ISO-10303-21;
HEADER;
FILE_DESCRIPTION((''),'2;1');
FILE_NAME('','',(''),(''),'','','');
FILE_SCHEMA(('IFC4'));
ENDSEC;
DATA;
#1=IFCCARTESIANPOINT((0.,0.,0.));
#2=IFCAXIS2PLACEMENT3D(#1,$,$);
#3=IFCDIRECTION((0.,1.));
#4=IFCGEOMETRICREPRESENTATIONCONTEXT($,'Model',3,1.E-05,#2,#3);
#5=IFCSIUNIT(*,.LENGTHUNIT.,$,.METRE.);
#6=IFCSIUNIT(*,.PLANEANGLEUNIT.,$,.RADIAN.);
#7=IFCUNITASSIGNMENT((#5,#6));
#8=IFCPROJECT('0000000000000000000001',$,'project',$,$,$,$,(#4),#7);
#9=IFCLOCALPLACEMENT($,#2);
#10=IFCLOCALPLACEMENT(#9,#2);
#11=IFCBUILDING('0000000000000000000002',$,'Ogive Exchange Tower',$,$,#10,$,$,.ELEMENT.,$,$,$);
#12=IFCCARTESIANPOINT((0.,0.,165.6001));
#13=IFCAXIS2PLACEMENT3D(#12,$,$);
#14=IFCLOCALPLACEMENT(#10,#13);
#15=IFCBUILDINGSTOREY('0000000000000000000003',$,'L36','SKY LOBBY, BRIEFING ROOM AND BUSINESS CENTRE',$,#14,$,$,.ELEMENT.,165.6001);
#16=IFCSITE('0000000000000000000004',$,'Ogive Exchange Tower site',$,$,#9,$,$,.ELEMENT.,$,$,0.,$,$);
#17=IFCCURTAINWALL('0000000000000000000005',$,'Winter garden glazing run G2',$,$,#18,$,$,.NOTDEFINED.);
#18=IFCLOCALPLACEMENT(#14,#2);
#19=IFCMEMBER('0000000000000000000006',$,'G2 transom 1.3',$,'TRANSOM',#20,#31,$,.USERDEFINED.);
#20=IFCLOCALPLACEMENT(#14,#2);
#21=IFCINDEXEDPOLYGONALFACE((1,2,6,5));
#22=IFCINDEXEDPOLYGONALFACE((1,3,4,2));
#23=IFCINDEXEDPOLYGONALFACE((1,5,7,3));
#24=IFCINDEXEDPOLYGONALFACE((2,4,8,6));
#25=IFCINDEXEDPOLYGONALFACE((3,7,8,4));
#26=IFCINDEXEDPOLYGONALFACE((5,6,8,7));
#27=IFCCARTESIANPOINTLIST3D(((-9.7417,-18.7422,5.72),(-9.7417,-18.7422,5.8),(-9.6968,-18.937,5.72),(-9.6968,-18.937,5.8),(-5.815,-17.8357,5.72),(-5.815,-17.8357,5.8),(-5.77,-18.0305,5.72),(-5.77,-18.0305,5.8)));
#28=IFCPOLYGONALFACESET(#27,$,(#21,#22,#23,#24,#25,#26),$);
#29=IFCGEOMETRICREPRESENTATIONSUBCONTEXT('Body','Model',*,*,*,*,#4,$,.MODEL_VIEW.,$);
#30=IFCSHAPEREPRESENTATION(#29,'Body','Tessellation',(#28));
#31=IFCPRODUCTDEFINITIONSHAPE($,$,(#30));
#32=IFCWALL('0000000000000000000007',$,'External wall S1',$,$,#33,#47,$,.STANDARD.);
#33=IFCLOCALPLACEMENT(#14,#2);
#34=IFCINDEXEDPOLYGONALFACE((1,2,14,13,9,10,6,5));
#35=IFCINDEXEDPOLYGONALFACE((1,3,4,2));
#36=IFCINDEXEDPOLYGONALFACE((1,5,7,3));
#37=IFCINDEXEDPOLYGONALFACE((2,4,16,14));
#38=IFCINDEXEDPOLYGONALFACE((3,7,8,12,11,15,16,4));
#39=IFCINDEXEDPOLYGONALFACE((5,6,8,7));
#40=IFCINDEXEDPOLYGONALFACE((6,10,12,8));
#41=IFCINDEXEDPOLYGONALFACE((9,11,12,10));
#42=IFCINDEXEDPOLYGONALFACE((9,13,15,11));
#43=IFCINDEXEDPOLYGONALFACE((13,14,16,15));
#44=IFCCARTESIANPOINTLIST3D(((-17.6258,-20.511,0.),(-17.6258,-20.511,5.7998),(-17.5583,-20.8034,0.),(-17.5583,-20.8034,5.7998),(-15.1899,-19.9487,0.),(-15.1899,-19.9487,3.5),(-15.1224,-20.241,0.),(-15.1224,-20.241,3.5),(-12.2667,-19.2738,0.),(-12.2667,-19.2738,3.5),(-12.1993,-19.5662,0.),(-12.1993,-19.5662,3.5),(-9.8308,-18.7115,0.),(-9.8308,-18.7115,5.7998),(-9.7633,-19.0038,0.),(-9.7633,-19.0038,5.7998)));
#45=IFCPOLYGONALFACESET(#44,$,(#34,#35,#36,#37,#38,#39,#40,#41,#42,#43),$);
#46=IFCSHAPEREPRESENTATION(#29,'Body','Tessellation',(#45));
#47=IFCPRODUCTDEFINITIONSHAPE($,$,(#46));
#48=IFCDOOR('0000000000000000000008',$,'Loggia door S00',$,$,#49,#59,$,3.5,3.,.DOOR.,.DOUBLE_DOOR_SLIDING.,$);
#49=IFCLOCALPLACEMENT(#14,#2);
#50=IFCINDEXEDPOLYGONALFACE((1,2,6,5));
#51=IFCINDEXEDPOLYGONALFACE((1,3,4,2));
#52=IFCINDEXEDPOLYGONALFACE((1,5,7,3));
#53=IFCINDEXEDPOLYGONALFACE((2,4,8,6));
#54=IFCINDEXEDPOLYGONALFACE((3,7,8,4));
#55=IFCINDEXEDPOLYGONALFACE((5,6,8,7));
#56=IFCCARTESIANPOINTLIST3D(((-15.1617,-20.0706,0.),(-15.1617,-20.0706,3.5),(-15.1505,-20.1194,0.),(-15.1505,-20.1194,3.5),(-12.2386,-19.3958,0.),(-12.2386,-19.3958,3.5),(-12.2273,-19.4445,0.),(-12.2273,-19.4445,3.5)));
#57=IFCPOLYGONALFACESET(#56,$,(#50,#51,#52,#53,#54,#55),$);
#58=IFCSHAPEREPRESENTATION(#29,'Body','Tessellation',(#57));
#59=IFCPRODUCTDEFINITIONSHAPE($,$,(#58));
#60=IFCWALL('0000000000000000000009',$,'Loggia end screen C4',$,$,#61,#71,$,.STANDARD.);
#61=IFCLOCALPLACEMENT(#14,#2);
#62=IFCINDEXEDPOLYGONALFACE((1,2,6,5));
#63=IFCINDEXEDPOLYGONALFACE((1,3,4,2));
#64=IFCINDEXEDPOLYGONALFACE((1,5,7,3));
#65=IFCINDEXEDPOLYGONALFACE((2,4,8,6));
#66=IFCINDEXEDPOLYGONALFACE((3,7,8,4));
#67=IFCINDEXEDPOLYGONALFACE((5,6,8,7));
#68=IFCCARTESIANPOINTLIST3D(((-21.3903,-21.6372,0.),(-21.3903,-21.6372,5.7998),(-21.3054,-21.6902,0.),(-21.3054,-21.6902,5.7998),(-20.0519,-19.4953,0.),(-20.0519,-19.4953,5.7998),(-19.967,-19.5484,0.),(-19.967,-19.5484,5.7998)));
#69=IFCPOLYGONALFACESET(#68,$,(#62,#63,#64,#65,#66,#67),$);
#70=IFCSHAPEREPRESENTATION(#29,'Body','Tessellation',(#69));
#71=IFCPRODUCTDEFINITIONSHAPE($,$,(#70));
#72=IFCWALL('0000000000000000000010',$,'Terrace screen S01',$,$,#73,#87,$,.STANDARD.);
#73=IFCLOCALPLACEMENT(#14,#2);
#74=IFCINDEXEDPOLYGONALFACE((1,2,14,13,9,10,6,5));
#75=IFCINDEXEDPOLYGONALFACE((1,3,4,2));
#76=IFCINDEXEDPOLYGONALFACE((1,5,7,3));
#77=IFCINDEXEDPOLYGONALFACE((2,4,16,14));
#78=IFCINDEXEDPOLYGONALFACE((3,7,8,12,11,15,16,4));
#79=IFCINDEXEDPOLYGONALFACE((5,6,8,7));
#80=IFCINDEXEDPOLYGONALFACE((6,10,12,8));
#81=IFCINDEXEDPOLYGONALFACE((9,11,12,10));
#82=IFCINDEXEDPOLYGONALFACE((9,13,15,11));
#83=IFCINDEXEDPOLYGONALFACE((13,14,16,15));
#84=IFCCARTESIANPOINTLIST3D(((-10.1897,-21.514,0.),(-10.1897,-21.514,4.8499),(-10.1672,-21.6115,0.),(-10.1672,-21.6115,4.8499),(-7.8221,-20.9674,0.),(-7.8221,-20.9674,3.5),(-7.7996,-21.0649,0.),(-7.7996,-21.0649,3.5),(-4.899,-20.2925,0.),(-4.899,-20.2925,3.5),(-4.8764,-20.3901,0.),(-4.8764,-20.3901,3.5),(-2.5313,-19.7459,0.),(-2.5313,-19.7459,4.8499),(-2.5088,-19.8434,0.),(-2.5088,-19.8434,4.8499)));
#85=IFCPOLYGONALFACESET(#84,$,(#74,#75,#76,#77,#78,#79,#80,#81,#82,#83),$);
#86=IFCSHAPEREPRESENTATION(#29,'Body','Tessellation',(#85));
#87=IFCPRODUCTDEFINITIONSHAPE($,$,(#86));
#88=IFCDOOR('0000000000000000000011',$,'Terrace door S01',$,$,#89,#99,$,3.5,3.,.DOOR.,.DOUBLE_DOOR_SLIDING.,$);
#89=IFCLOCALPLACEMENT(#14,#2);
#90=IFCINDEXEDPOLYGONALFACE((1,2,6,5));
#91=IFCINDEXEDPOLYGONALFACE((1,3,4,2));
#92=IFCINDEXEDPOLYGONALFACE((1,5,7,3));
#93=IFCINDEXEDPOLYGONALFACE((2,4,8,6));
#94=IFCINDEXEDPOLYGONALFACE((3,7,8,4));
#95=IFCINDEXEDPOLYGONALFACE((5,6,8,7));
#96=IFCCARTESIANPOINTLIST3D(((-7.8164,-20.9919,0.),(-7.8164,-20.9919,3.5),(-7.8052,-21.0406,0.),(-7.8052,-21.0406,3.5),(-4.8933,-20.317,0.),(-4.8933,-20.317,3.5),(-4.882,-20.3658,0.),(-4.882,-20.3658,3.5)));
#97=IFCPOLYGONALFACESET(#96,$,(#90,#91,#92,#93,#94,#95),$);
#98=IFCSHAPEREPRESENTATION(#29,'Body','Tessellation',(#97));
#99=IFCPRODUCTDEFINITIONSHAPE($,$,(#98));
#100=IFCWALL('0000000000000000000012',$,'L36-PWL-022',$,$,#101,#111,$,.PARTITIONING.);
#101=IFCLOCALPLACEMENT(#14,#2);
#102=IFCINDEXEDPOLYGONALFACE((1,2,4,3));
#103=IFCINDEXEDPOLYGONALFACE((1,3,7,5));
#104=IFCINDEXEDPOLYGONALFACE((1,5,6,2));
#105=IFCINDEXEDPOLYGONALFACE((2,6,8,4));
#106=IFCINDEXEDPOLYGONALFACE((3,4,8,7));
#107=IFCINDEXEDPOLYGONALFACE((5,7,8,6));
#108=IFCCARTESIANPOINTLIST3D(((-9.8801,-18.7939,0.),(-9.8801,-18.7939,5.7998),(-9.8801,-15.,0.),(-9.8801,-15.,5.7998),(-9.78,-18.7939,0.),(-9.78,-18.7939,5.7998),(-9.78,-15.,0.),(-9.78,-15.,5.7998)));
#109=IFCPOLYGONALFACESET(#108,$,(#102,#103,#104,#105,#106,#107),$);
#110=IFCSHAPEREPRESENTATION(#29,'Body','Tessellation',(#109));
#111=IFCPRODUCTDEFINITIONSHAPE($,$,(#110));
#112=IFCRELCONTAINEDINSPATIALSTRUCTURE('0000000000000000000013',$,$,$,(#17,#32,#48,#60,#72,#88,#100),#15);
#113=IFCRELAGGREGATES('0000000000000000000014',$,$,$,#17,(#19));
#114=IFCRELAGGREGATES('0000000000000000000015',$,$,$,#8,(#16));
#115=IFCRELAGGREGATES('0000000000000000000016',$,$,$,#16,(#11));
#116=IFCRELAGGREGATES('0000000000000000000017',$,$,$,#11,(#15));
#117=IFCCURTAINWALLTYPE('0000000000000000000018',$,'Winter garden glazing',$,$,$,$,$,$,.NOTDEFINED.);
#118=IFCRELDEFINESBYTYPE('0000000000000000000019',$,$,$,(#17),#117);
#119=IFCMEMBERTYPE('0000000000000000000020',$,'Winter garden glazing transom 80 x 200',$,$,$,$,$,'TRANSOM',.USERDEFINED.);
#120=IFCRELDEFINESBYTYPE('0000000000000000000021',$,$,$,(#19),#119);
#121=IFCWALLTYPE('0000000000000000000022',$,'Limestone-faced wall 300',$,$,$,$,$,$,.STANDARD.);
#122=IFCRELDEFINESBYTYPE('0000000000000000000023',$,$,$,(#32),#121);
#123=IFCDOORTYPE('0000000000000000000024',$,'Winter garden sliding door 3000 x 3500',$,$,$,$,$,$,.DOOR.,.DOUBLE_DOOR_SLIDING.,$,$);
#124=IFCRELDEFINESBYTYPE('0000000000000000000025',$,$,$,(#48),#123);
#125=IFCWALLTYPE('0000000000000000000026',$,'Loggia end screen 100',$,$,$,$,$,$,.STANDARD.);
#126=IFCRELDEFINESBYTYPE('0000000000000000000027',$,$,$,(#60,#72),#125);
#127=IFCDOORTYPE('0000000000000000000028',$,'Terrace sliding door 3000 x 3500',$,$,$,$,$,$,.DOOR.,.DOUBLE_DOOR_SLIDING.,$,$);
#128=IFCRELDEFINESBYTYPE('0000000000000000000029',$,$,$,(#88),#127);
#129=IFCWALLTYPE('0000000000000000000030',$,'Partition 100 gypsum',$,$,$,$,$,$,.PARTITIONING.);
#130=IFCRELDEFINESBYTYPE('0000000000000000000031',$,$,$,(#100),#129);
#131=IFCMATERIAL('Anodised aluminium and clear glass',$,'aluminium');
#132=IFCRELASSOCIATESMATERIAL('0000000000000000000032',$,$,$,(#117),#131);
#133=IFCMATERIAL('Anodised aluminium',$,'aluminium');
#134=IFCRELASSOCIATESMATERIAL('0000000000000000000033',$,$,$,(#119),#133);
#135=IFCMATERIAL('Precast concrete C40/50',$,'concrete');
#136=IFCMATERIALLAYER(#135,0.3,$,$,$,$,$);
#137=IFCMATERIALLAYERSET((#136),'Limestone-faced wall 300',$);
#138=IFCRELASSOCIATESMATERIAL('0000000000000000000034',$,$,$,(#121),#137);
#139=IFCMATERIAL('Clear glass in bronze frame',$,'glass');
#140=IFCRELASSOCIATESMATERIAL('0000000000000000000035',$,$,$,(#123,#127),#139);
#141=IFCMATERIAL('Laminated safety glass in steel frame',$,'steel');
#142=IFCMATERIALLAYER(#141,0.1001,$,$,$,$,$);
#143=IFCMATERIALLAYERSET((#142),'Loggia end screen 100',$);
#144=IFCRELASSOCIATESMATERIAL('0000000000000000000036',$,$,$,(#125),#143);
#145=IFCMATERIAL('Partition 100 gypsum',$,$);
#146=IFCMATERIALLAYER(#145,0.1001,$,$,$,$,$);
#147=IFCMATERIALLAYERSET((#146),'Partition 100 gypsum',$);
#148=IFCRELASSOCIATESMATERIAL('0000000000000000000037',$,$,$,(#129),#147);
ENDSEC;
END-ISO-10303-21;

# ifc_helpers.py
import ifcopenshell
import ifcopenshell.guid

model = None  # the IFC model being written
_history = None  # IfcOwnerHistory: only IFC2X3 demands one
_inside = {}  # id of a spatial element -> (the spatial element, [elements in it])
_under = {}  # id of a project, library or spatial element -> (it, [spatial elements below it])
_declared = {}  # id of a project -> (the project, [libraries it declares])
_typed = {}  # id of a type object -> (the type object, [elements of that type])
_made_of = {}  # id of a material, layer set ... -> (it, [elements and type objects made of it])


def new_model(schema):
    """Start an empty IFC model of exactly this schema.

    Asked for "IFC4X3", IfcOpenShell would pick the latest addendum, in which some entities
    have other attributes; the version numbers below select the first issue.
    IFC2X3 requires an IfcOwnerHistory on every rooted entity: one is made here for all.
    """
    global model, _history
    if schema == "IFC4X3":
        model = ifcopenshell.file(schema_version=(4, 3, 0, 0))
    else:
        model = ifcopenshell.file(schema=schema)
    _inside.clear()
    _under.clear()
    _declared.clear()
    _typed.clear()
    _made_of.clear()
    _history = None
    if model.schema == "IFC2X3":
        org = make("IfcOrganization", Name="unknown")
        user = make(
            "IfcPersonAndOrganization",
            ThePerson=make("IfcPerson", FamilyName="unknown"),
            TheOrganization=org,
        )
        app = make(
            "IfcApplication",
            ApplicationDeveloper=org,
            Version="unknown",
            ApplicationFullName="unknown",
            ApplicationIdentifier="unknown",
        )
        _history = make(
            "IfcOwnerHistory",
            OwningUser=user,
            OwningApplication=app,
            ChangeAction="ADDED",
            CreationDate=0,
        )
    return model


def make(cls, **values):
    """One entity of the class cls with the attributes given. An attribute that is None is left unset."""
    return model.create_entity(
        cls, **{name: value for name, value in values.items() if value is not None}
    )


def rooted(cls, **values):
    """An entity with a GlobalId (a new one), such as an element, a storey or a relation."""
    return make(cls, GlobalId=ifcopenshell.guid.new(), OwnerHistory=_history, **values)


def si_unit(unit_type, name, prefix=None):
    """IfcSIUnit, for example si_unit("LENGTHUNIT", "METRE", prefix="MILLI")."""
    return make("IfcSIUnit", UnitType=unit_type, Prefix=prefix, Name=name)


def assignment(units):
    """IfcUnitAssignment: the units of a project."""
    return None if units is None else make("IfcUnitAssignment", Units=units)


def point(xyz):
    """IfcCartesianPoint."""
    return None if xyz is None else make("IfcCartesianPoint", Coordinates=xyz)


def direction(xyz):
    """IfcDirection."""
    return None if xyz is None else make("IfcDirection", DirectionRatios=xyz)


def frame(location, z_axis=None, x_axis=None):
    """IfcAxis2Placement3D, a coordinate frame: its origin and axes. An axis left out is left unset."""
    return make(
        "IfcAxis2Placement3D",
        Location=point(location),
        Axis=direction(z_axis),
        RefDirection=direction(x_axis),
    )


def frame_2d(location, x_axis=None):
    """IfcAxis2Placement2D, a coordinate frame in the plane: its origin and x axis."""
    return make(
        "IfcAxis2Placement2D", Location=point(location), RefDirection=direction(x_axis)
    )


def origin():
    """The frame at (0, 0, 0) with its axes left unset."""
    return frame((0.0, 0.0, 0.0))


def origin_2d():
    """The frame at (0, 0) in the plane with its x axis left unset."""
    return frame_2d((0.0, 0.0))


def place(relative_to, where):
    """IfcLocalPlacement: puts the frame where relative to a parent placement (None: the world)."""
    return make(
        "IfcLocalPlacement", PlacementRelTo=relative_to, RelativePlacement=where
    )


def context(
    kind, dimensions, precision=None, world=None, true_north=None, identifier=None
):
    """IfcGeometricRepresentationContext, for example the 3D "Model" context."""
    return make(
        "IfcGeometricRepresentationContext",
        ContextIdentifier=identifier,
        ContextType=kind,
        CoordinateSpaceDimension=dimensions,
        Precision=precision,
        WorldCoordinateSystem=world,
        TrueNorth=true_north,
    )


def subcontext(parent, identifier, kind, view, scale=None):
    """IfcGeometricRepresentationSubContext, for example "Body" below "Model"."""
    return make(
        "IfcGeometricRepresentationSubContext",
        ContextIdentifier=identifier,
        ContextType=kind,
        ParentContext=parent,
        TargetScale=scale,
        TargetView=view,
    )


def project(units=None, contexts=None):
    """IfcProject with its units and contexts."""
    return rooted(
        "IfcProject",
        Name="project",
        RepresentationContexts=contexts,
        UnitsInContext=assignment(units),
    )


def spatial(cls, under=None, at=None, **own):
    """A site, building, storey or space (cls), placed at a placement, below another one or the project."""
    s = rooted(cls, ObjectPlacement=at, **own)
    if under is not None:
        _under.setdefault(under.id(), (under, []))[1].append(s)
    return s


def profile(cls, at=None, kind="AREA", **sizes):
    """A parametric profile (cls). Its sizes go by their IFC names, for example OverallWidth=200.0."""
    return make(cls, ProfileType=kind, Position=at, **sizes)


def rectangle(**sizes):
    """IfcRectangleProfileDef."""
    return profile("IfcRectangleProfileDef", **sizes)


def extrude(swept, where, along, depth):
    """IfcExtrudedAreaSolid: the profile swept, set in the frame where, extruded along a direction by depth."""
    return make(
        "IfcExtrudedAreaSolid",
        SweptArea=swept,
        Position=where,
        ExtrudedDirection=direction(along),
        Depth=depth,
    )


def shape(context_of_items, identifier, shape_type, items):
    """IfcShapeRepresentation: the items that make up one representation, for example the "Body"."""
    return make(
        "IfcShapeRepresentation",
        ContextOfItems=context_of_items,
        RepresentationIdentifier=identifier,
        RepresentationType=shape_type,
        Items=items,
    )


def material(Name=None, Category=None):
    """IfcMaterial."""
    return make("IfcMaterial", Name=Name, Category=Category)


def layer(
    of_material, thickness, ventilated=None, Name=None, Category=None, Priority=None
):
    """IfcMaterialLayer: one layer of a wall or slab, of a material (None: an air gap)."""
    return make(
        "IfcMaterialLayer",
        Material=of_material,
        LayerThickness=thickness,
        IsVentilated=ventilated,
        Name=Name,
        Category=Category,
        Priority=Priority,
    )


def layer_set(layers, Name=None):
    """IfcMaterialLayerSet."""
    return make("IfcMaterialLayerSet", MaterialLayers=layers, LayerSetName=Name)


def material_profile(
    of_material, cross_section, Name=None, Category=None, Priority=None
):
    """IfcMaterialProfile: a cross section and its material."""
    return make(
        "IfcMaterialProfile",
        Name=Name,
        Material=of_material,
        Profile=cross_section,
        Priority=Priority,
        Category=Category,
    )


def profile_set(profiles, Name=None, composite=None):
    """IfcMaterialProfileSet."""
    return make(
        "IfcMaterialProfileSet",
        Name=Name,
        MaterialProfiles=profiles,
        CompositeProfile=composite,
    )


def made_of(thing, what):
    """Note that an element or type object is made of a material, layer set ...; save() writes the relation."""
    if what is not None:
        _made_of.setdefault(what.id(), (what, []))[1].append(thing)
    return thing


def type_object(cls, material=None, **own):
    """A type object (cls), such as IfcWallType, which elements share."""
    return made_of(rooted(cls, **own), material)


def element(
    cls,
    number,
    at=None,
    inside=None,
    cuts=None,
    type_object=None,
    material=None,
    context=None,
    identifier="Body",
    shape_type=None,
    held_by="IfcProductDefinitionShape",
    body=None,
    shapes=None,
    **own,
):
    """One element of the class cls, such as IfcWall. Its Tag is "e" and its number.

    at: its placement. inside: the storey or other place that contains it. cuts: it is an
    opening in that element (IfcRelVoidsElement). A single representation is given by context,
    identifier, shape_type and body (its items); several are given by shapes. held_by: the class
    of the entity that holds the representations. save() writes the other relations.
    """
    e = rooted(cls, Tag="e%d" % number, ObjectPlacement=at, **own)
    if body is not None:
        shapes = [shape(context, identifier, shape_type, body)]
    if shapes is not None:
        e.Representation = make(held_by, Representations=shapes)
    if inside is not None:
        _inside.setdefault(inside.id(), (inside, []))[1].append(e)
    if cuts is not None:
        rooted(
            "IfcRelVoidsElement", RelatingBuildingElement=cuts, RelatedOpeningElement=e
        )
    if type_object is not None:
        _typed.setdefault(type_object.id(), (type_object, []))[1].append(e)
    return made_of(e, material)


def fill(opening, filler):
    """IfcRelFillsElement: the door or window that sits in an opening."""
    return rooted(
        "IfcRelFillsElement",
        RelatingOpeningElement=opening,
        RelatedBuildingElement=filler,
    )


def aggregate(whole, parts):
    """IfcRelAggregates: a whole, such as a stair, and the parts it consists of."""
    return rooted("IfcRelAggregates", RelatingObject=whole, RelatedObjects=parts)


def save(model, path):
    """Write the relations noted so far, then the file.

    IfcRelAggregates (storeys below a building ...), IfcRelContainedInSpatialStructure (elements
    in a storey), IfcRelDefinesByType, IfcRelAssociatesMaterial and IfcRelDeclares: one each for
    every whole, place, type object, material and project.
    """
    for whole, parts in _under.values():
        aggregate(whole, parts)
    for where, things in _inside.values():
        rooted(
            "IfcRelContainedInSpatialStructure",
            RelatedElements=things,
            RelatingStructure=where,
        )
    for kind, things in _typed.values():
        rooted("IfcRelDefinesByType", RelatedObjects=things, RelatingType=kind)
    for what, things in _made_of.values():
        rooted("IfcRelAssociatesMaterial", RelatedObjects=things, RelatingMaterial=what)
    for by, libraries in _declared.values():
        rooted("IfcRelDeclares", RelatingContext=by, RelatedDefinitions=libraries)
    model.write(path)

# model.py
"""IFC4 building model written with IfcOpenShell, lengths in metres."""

from ifc_helpers import new_model, si_unit, direction, frame, frame_2d, origin, origin_2d, place, context, subcontext, project, spatial, rectangle, extrude, material, layer, layer_set, material_profile, profile_set, type_object, element, fill, aggregate, save


model = new_model("IFC4")

# Units and contexts
model_context = context("Model", 3, precision=1e-05, world=origin(), true_north=direction((0.0, 1.0)))
body_context = subcontext(model_context, "Body", "Model", "MODEL_VIEW")
ifc_project = project(units=[si_unit("LENGTHUNIT", "METRE"), si_unit("PLANEANGLEUNIT", "RADIAN")], contexts=[model_context])

# Site, building, storey
site_placement = place(None, origin())
site = spatial("IfcSite", under=ifc_project, at=site_placement, Name="Ogive Exchange Tower site", CompositionType="ELEMENT", RefElevation=0.0)
building_placement = place(site_placement, origin())
building = spatial("IfcBuilding", under=site, at=building_placement, Name="Ogive Exchange Tower", CompositionType="ELEMENT")
storey_placement = place(building_placement, frame((0.0, 0.0, 165.6001)))
storey = spatial("IfcBuildingStorey", under=building, at=storey_placement, Name="L36", Description="SKY LOBBY, BRIEFING ROOM AND BUSINESS CENTRE", CompositionType="ELEMENT", Elevation=165.6001)

# Curtain wall, member
ifc_material_1 = material(Name="Anodised aluminium and clear glass", Category="aluminium")
curtain_wall_type = type_object("IfcCurtainWallType", Name="Winter garden glazing", PredefinedType="NOTDEFINED", material=ifc_material_1)
curtain_wall_placement = place(storey_placement, origin())
curtain_wall = element("IfcCurtainWall", 1, at=curtain_wall_placement, inside=storey, type_object=curtain_wall_type, Name="Winter garden glazing run G2", PredefinedType="NOTDEFINED")
ifc_material_2 = material(Name="Anodised aluminium", Category="aluminium")
ifc_material_profile_1 = material_profile(ifc_material_2, rectangle(XDim=0.2, YDim=0.0801, at=origin_2d()), Name="AL 80x200")
ifc_profile_set_1 = profile_set([ifc_material_profile_1], Name="Anodised aluminium")
member_type_1 = type_object("IfcMemberType", Name="Winter garden glazing transom 80 x 200", ElementType="TRANSOM", PredefinedType="USERDEFINED", material=ifc_profile_set_1)
member_1_placement = place(storey_placement, frame((-9.7192, -18.8396, 5.76), z_axis=(0.974374, 0.224935, 0.0), x_axis=(-0.224935, 0.974374, 0.0)))
member_1 = element("IfcMember", 2, at=member_1_placement, type_object=member_type_1, Name="G2 transom 1.3", ObjectType="TRANSOM", PredefinedType="USERDEFINED", context=body_context, shape_type="SweptSolid", body=[
    extrude(rectangle(XDim=0.2, YDim=0.0801, at=origin_2d()), origin(), (0.0, 0.0, 1.0), 4.03),
])
aggregate(curtain_wall, [member_1])

# Wall, opening, door
ifc_material_3 = material(Name="Precast concrete C40/50", Category="concrete")
ifc_layer_1 = layer(ifc_material_3, 0.3)
ifc_layer_set_1 = layer_set([ifc_layer_1], Name="Limestone-faced wall 300")
wall_type_1 = type_object("IfcWallType", Name="Limestone-faced wall 300", PredefinedType="STANDARD", material=ifc_layer_set_1)
wall_1_placement = place(storey_placement, frame((-17.592, -20.6572, 0.0), z_axis=(0.0, 0.0, 1.0), x_axis=(0.974371, 0.224946, 0.0)))
wall_1 = element("IfcWall", 3, at=wall_1_placement, inside=storey, type_object=wall_type_1, Name="External wall S1", PredefinedType="STANDARD", context=body_context, shape_type="SweptSolid", body=[
    extrude(rectangle(XDim=8.0, YDim=0.3, at=frame_2d((4.0, 0.0))), origin(), (0.0, 0.0, 1.0), 5.7998),
])
opening_1_placement = place(wall_1_placement, frame((2.5, 0.0, 0.0)))
opening_1 = element("IfcOpeningElement", 4, at=opening_1_placement, cuts=wall_1, PredefinedType="OPENING", context=body_context, shape_type="SweptSolid", body=[
    extrude(rectangle(XDim=3.0, YDim=3.5, at=frame_2d((1.5, 1.75))), frame((0.0, 0.1599, 0.0), z_axis=(0.0, -1.0, 0.0), x_axis=(1.0, 0.0, 0.0)), (0.0, 0.0, 1.0), 0.3201),
])
ifc_material_4 = material(Name="Clear glass in bronze frame", Category="glass")
door_type_1 = type_object("IfcDoorType", Name="Winter garden sliding door 3000 x 3500", OperationType="DOUBLE_DOOR_SLIDING", PredefinedType="DOOR", material=ifc_material_4)
door_1_placement = place(opening_1_placement, origin())
door_1 = element("IfcDoor", 5, at=door_1_placement, inside=storey, type_object=door_type_1, Name="Loggia door S00", OperationType="DOUBLE_DOOR_SLIDING", OverallHeight=3.5, OverallWidth=3.0, PredefinedType="DOOR", context=body_context, shape_type="SweptSolid", body=[
    extrude(rectangle(XDim=3.0, YDim=3.5, at=frame_2d((1.5, 1.75))), frame((0.0, 0.0249, 0.0), z_axis=(0.0, -1.0, 0.0), x_axis=(1.0, 0.0, 0.0)), (0.0, 0.0, 1.0), 0.05),
])
fill(opening_1, door_1)

# Wall
ifc_material_5 = material(Name="Laminated safety glass in steel frame", Category="steel")
ifc_layer_2 = layer(ifc_material_5, 0.1001)
ifc_layer_set_2 = layer_set([ifc_layer_2], Name="Loggia end screen 100")
wall_type_2 = type_object("IfcWallType", Name="Loggia end screen 100", PredefinedType="STANDARD", material=ifc_layer_set_2)
wall_2_placement = place(storey_placement, frame((-20.0095, -19.522, 0.0), z_axis=(0.0, 0.0, 1.0), x_axis=(-0.529921, -0.848047, 0.0)))
element("IfcWall", 6, at=wall_2_placement, inside=storey, type_object=wall_type_2, Name="Loggia end screen C4", PredefinedType="STANDARD", context=body_context, shape_type="SweptSolid", body=[
    extrude(rectangle(XDim=2.5256, YDim=0.1001, at=frame_2d((1.2627, 0.0))), origin(), (0.0, 0.0, 1.0), 5.7998),
])

# Wall, opening, door
wall_3_placement = place(storey_placement, frame((-10.1785, -21.5627, 0.0), z_axis=(0.0, 0.0, 1.0), x_axis=(0.974371, 0.224948, 0.0)))
wall_3 = element("IfcWall", 7, at=wall_3_placement, inside=storey, type_object=wall_type_2, Name="Terrace screen S01", PredefinedType="STANDARD", context=body_context, shape_type="SweptSolid", body=[
    extrude(rectangle(XDim=7.8599, YDim=0.1001, at=frame_2d((3.9299, 0.0))), origin(), (0.0, 0.0, 1.0), 4.8499),
])
opening_2_placement = place(wall_3_placement, frame((2.4299, 0.0, 0.0)))
opening_2 = element("IfcOpeningElement", 8, at=opening_2_placement, cuts=wall_3, PredefinedType="OPENING", context=body_context, shape_type="SweptSolid", body=[
    extrude(rectangle(XDim=3.0, YDim=3.5, at=frame_2d((1.5, 1.75))), frame((0.0, 0.0601, 0.0), z_axis=(0.0, -1.0, 0.0), x_axis=(1.0, 0.0, 0.0)), (0.0, 0.0, 1.0), 0.1201),
])
door_type_2 = type_object("IfcDoorType", Name="Terrace sliding door 3000 x 3500", OperationType="DOUBLE_DOOR_SLIDING", PredefinedType="DOOR", material=ifc_material_4)
door_2_placement = place(opening_2_placement, origin())
door_2 = element("IfcDoor", 9, at=door_2_placement, inside=storey, type_object=door_type_2, Name="Terrace door S01", OperationType="DOUBLE_DOOR_SLIDING", OverallHeight=3.5, OverallWidth=3.0, PredefinedType="DOOR", context=body_context, shape_type="SweptSolid", body=[
    extrude(rectangle(XDim=3.0, YDim=3.5, at=frame_2d((1.5, 1.75))), frame((0.0, 0.0249, 0.0), z_axis=(0.0, -1.0, 0.0), x_axis=(1.0, 0.0, 0.0)), (0.0, 0.0, 1.0), 0.05),
])
fill(opening_2, door_2)

# Wall
ifc_material_6 = material(Name="Partition 100 gypsum")
ifc_layer_3 = layer(ifc_material_6, 0.1001)
ifc_layer_set_3 = layer_set([ifc_layer_3], Name="Partition 100 gypsum")
wall_type_3 = type_object("IfcWallType", Name="Partition 100 gypsum", PredefinedType="PARTITIONING", material=ifc_layer_set_3)
wall_4_placement = place(storey_placement, frame((-9.8301, -18.7939, 0.0), z_axis=(0.0, 0.0, 1.0), x_axis=(0.0, 1.0, 0.0)))
element("IfcWall", 10, at=wall_4_placement, inside=storey, type_object=wall_type_3, Name="L36-PWL-022", PredefinedType="PARTITIONING", context=body_context, shape_type="SweptSolid", body=[
    extrude(rectangle(XDim=3.7939, YDim=0.1001, at=frame_2d((1.897, 0.0))), origin(), (0.0, 0.0, 1.0), 5.7998),
])

save(model, "model.ifc")
